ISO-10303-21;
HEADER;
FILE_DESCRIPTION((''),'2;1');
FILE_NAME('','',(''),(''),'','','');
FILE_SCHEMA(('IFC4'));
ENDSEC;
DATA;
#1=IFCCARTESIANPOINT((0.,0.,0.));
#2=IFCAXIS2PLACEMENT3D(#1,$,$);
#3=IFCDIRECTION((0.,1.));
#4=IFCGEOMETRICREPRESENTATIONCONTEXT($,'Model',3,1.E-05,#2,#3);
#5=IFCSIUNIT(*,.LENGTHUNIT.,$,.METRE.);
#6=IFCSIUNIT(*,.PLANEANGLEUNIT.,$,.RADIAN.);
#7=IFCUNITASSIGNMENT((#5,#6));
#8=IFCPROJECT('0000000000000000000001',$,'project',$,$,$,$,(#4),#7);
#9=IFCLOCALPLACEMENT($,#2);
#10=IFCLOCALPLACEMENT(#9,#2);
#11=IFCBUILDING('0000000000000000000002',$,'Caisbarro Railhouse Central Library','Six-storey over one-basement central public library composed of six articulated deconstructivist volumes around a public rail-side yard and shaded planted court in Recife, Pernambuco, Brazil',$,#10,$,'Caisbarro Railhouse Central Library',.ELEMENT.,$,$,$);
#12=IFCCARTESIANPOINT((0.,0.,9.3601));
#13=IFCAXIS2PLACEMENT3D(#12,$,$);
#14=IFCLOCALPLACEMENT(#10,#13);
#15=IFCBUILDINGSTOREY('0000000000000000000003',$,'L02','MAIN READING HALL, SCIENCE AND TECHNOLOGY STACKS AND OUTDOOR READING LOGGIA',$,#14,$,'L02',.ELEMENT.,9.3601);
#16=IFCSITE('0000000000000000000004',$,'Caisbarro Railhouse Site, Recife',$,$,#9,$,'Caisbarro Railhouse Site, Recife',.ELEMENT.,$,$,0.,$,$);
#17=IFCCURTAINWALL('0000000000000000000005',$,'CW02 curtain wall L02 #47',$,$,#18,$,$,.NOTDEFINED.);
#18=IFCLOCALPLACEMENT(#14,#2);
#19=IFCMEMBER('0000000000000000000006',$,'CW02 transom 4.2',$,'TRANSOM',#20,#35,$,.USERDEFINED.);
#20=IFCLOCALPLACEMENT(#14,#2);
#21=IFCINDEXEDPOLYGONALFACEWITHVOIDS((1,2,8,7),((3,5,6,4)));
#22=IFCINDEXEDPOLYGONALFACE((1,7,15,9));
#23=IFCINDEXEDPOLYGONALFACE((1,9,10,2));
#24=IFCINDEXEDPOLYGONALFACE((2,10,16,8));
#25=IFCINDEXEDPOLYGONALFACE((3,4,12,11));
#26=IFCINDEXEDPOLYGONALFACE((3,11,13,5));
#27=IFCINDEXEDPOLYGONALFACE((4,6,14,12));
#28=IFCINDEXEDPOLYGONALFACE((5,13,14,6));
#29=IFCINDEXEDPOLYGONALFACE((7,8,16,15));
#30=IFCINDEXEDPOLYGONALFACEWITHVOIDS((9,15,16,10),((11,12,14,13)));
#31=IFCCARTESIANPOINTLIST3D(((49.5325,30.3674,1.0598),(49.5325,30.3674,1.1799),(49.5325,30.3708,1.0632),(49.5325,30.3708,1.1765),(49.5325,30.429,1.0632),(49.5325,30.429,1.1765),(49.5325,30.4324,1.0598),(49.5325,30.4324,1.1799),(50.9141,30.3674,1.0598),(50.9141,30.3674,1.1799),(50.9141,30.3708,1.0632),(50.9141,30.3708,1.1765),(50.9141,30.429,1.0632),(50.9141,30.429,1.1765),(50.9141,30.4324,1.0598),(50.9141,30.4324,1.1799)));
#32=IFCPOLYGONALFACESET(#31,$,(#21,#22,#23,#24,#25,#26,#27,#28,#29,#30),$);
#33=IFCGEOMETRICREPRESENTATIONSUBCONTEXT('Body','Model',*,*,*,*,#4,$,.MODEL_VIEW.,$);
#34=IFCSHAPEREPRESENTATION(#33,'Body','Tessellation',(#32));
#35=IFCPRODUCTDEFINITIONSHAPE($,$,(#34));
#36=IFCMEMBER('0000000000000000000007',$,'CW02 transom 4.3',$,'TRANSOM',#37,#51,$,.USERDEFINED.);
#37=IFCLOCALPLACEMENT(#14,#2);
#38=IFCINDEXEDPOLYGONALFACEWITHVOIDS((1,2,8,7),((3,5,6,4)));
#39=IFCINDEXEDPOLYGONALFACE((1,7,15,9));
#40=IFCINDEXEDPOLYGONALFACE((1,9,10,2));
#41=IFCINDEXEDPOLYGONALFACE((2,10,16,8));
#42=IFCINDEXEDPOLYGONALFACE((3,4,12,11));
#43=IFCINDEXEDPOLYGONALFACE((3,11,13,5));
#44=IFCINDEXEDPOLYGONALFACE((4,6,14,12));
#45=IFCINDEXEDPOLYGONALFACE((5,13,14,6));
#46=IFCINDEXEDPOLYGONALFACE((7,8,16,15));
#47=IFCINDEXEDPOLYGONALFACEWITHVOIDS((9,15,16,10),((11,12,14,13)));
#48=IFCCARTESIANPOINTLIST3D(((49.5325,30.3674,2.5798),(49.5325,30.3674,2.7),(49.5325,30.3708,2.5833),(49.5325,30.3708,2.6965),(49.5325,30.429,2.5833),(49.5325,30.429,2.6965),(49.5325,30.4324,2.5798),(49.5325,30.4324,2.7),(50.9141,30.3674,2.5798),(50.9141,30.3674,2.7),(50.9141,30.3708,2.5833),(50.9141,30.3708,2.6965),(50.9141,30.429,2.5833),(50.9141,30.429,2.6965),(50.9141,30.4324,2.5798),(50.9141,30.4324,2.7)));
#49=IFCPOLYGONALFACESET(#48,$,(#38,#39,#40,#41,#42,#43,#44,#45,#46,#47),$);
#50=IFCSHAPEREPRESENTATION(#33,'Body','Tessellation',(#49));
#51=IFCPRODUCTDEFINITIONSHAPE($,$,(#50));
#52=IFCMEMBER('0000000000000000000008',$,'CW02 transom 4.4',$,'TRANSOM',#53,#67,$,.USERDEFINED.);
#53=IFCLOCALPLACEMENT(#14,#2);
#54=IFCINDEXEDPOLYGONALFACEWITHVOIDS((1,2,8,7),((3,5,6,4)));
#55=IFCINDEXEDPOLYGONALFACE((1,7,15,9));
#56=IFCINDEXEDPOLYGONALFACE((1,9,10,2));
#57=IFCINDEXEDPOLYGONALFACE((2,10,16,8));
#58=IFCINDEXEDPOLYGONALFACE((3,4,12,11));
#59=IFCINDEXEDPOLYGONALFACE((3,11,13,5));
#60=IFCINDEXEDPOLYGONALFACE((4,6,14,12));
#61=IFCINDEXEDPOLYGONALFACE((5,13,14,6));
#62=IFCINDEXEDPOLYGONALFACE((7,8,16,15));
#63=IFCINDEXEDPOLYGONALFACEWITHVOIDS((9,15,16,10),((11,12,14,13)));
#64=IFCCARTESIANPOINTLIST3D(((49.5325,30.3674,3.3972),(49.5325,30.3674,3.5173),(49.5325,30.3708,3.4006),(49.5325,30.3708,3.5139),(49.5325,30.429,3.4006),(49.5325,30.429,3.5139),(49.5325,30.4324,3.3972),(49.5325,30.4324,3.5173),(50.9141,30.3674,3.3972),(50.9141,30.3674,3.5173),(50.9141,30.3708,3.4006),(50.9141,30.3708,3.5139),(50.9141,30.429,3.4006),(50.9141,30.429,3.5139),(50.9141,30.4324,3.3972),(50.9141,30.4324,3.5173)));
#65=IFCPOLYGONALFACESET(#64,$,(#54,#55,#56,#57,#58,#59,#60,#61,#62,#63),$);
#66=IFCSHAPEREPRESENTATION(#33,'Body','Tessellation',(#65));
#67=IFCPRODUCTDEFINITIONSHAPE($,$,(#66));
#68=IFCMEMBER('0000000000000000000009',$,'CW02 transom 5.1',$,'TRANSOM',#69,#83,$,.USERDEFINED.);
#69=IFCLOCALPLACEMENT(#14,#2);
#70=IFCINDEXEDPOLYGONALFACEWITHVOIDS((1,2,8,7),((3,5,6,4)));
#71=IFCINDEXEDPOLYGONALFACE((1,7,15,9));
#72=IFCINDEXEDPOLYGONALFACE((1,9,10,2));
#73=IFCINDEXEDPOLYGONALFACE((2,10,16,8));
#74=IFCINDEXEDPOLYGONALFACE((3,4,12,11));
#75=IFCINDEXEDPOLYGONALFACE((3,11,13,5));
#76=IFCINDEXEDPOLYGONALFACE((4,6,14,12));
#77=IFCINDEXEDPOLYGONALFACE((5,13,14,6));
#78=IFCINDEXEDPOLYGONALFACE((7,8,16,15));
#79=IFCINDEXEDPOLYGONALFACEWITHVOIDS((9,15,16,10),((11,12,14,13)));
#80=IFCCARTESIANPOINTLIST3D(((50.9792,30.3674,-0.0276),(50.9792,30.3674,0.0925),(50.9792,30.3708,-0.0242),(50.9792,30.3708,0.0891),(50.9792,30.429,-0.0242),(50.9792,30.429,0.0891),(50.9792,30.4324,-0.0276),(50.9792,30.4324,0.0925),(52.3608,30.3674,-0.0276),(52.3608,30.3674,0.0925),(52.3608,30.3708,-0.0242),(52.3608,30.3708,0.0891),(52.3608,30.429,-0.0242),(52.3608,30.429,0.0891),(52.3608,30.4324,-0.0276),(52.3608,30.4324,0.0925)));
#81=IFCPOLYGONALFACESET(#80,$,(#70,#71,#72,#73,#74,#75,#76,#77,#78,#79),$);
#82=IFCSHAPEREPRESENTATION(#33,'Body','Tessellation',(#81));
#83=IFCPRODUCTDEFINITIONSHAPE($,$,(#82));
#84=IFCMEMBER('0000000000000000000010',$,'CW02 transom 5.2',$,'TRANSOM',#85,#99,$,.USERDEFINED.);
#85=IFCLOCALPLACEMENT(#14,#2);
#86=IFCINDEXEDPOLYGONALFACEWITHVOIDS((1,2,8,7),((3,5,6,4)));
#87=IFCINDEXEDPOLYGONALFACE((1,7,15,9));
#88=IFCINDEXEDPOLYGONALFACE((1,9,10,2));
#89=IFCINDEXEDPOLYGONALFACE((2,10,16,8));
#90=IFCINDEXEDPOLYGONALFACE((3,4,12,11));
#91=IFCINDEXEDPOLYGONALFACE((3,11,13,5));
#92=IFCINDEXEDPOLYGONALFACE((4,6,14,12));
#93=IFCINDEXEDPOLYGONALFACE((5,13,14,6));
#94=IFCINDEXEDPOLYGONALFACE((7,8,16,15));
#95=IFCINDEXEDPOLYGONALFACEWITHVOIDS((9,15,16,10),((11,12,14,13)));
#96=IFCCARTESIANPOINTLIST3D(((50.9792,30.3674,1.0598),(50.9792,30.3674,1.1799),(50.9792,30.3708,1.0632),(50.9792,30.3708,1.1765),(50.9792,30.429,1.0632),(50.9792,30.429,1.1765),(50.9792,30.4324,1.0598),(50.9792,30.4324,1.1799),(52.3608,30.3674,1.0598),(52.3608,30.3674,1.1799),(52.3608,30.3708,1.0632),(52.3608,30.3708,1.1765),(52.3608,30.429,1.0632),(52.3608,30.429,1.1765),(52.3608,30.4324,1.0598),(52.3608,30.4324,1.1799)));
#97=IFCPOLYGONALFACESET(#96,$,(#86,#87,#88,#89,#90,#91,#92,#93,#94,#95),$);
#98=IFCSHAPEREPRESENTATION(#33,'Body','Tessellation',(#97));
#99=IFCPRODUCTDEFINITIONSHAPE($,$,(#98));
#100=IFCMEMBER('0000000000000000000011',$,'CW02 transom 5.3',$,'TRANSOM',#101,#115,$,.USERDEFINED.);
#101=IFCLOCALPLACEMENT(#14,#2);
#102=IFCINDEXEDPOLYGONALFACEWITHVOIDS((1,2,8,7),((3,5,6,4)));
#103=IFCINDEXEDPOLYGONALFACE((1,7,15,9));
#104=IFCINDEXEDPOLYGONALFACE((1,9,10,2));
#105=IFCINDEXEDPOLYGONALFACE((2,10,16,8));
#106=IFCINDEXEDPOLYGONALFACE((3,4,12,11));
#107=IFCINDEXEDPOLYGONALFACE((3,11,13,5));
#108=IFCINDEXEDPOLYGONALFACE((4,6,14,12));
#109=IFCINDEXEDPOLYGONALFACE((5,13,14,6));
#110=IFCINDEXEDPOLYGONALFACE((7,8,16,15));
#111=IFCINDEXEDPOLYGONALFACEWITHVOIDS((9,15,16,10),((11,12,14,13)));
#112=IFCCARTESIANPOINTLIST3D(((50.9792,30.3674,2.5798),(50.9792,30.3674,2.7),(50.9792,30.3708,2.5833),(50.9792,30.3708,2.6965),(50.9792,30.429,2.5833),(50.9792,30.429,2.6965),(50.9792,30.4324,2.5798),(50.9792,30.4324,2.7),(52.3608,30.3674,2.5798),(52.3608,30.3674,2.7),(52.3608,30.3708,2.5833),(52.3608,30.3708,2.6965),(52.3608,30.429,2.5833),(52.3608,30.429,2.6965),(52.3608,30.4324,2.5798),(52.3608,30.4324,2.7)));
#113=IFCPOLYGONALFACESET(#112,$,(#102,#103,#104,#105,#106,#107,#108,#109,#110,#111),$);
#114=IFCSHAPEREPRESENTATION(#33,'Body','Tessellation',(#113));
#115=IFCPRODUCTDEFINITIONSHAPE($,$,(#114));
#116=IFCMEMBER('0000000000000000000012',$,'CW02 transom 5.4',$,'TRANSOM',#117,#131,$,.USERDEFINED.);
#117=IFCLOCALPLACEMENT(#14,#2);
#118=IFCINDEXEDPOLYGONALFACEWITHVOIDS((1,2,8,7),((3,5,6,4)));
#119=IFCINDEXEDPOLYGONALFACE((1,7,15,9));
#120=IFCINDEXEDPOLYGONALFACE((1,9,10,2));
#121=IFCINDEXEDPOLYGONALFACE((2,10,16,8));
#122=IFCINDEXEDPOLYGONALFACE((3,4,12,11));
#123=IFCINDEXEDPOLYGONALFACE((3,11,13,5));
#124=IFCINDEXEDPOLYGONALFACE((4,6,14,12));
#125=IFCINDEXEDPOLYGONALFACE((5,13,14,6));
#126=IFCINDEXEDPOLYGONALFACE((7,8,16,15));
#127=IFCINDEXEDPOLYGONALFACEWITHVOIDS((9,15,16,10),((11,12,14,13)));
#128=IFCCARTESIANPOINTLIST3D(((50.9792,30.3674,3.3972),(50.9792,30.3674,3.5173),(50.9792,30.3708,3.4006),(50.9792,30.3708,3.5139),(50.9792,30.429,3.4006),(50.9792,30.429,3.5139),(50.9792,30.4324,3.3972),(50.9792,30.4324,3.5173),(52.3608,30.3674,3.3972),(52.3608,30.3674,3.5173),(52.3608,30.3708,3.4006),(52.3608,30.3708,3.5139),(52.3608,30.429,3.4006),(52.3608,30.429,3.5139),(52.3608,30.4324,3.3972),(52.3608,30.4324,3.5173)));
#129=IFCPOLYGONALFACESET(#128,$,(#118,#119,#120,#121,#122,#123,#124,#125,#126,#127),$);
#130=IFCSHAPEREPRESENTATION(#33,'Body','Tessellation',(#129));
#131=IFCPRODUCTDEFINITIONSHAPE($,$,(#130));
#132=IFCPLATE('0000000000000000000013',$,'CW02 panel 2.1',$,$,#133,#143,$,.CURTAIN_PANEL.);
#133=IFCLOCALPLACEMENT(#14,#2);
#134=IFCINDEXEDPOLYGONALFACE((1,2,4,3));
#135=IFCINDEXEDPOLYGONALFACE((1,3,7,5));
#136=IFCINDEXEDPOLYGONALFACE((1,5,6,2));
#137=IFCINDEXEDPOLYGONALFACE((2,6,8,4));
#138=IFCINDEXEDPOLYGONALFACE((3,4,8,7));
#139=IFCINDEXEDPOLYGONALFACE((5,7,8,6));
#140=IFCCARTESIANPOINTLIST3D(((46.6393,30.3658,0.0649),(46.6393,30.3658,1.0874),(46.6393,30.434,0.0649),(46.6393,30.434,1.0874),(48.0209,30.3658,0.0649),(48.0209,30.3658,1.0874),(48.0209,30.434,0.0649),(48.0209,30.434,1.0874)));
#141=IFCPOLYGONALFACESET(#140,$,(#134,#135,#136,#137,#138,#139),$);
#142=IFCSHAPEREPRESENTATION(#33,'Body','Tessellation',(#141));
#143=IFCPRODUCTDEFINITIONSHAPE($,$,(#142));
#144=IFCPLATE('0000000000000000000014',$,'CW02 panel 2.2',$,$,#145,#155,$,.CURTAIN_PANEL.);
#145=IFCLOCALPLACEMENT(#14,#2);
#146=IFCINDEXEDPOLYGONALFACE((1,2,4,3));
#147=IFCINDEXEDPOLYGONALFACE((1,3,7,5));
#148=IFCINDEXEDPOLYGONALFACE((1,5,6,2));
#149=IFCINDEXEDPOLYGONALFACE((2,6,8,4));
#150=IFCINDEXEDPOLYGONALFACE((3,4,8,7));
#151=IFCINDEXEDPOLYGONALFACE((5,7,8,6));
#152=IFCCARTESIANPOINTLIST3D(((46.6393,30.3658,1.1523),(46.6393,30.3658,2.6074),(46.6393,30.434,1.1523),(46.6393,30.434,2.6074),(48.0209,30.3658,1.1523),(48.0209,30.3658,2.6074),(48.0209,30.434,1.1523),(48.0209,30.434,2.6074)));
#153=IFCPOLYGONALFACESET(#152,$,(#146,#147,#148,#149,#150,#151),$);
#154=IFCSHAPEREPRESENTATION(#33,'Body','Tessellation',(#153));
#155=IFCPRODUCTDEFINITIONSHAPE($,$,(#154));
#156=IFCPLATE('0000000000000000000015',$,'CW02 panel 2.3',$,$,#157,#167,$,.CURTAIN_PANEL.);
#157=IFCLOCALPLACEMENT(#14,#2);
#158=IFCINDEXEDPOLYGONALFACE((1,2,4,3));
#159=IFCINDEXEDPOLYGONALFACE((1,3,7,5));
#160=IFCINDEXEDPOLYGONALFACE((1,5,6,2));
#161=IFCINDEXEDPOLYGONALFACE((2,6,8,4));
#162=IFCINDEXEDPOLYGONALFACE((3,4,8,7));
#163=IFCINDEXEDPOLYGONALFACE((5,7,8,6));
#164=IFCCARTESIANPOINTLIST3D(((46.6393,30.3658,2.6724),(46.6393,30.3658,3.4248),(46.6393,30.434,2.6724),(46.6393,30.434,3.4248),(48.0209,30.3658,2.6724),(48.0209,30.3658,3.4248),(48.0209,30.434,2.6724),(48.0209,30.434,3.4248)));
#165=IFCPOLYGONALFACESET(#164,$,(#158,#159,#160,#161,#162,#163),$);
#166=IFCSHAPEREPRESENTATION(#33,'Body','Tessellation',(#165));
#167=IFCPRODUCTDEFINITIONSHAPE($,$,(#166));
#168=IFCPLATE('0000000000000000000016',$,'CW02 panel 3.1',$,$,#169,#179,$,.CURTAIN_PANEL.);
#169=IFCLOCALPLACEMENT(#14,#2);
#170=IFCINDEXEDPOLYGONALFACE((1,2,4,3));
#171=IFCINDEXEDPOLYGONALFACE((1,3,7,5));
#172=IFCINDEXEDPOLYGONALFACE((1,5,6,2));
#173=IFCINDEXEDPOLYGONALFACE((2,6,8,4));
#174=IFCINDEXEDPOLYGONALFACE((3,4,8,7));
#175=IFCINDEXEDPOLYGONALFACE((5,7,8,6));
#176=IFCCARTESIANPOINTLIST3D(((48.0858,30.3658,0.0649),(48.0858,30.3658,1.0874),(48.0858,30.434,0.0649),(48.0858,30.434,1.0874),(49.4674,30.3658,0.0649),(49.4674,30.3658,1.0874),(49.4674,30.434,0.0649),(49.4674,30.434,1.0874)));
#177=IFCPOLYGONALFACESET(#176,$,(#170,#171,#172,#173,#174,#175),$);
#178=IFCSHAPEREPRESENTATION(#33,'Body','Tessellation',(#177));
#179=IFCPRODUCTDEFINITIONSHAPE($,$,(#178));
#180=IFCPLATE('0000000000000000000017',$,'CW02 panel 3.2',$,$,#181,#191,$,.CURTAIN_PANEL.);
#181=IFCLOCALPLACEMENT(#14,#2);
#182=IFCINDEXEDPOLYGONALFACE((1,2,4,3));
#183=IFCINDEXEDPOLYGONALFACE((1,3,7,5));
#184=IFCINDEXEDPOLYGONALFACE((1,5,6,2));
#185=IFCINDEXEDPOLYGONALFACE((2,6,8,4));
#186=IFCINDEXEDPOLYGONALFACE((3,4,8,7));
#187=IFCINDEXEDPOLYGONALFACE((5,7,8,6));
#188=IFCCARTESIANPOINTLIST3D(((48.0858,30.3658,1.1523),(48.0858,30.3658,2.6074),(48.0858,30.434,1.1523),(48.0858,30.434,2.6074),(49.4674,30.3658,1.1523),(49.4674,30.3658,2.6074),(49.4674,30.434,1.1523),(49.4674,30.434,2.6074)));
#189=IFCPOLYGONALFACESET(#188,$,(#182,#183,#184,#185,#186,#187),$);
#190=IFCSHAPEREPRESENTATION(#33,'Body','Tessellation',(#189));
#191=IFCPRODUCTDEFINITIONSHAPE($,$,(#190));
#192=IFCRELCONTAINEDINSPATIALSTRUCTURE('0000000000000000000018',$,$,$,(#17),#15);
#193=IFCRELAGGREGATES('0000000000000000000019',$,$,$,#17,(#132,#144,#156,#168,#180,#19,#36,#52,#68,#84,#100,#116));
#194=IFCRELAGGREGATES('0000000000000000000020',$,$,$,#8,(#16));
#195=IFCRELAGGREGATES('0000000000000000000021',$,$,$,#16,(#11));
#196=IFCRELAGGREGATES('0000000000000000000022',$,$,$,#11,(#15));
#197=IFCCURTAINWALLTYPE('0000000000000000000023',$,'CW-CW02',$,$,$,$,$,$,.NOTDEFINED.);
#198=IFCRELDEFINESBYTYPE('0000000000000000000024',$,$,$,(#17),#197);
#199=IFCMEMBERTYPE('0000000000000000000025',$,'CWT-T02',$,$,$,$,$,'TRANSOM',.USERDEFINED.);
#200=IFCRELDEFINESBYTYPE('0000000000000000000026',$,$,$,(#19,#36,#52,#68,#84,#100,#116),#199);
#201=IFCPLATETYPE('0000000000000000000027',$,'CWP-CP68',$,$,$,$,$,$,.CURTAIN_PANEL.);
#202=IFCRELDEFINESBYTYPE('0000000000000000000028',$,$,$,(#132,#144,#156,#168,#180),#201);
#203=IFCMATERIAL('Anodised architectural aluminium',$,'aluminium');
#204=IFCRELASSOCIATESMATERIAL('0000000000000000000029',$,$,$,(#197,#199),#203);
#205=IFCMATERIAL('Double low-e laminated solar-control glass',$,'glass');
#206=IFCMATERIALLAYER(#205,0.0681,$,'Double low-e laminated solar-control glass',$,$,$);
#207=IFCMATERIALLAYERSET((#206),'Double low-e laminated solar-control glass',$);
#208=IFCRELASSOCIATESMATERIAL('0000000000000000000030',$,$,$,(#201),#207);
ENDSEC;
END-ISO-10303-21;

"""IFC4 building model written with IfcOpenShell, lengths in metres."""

from ifc_helpers import new_model, si_unit, direction, frame, origin, origin_2d, place, context, subcontext, project, spatial, rectangle, hollow_rectangle, extrude, material, layer, layer_set, material_profile, profile_set, type_object, element, aggregate, save


model = new_model("IFC4")

# Units and contexts
model_context = context("Model", 3, precision=1e-05, world=origin(), true_north=direction((0.0, 1.0)))
body_context = subcontext(model_context, "Body", "Model", "MODEL_VIEW")
ifc_project = project(units=[si_unit("LENGTHUNIT", "METRE"), si_unit("PLANEANGLEUNIT", "RADIAN")], contexts=[model_context])

# Site, building, storey
site_placement = place(None, origin())
site = spatial("IfcSite", under=ifc_project, at=site_placement, Name="Caisbarro Railhouse Site, Recife", LongName="Caisbarro Railhouse Site, Recife", CompositionType="ELEMENT", RefElevation=0.0)
building_placement = place(site_placement, origin())
building = spatial("IfcBuilding", under=site, at=building_placement, Name="Caisbarro Railhouse Central Library", Description="Six-storey over one-basement central public library composed of six articulated deconstructivist volumes around a public rail-side yard and shaded planted court in Recife, Pernambuco, Brazil", LongName="Caisbarro Railhouse Central Library", CompositionType="ELEMENT")
storey_placement = place(building_placement, frame((0.0, 0.0, 9.3601)))
storey = spatial("IfcBuildingStorey", under=building, at=storey_placement, Name="L02", Description="MAIN READING HALL, SCIENCE AND TECHNOLOGY STACKS AND OUTDOOR READING LOGGIA", LongName="L02", CompositionType="ELEMENT", Elevation=9.3601)

# Curtain wall, members, plates
ifc_material_1 = material(Name="Anodised architectural aluminium", Category="aluminium")
curtain_wall_type = type_object("IfcCurtainWallType", Name="CW-CW02", PredefinedType="NOTDEFINED", material=ifc_material_1)
curtain_wall_placement = place(storey_placement, origin())
curtain_wall = element("IfcCurtainWall", 1, at=curtain_wall_placement, inside=storey, type_object=curtain_wall_type, Name="CW02 curtain wall L02 #47", PredefinedType="NOTDEFINED")
ifc_material_profile_1 = material_profile(ifc_material_1, hollow_rectangle(XDim=0.0649, YDim=0.1201, WallThickness=0.0034, at=origin_2d()), Name="ALU-TRN-65X120")
ifc_profile_set_1 = profile_set([ifc_material_profile_1], Name="Anodised architectural aluminium")
member_type_1 = type_object("IfcMemberType", Name="CWT-T02", ElementType="TRANSOM", PredefinedType="USERDEFINED", material=ifc_profile_set_1)
member_1_placement = place(storey_placement, frame((49.5325, 30.3999, 1.1199), z_axis=(1.0, 0.0, 0.0), x_axis=(0.0, 1.0, 0.0)))
member_1 = element("IfcMember", 2, at=member_1_placement, type_object=member_type_1, Name="CW02 transom 4.2", ObjectType="TRANSOM", PredefinedType="USERDEFINED", context=body_context, shape_type="SweptSolid", body=[
    extrude(hollow_rectangle(XDim=0.0649, YDim=0.1201, WallThickness=0.0034, at=origin_2d()), origin(), (0.0, 0.0, 1.0), 1.3816),
])
member_2_placement = place(storey_placement, frame((49.5325, 30.3999, 2.6399), z_axis=(1.0, 0.0, 0.0), x_axis=(0.0, 1.0, 0.0)))
member_2 = element("IfcMember", 3, at=member_2_placement, type_object=member_type_1, Name="CW02 transom 4.3", ObjectType="TRANSOM", PredefinedType="USERDEFINED", context=body_context, shape_type="SweptSolid", body=[
    extrude(hollow_rectangle(XDim=0.0649, YDim=0.1201, WallThickness=0.0034, at=origin_2d()), origin(), (0.0, 0.0, 1.0), 1.3816),
])
member_3_placement = place(storey_placement, frame((49.5325, 30.3999, 3.4573), z_axis=(1.0, 0.0, 0.0), x_axis=(0.0, 1.0, 0.0)))
member_3 = element("IfcMember", 4, at=member_3_placement, type_object=member_type_1, Name="CW02 transom 4.4", ObjectType="TRANSOM", PredefinedType="USERDEFINED", context=body_context, shape_type="SweptSolid", body=[
    extrude(hollow_rectangle(XDim=0.0649, YDim=0.1201, WallThickness=0.0034, at=origin_2d()), origin(), (0.0, 0.0, 1.0), 1.3816),
])
member_4_placement = place(storey_placement, frame((50.9792, 30.3999, 0.0325), z_axis=(1.0, 0.0, 0.0), x_axis=(0.0, 1.0, 0.0)))
member_4 = element("IfcMember", 5, at=member_4_placement, type_object=member_type_1, Name="CW02 transom 5.1", ObjectType="TRANSOM", PredefinedType="USERDEFINED", context=body_context, shape_type="SweptSolid", body=[
    extrude(hollow_rectangle(XDim=0.0649, YDim=0.1201, WallThickness=0.0034, at=origin_2d()), origin(), (0.0, 0.0, 1.0), 1.3816),
])
member_5_placement = place(storey_placement, frame((50.9792, 30.3999, 1.1199), z_axis=(1.0, 0.0, 0.0), x_axis=(0.0, 1.0, 0.0)))
member_5 = element("IfcMember", 6, at=member_5_placement, type_object=member_type_1, Name="CW02 transom 5.2", ObjectType="TRANSOM", PredefinedType="USERDEFINED", context=body_context, shape_type="SweptSolid", body=[
    extrude(hollow_rectangle(XDim=0.0649, YDim=0.1201, WallThickness=0.0034, at=origin_2d()), origin(), (0.0, 0.0, 1.0), 1.3816),
])
member_6_placement = place(storey_placement, frame((50.9792, 30.3999, 2.6399), z_axis=(1.0, 0.0, 0.0), x_axis=(0.0, 1.0, 0.0)))
member_6 = element("IfcMember", 7, at=member_6_placement, type_object=member_type_1, Name="CW02 transom 5.3", ObjectType="TRANSOM", PredefinedType="USERDEFINED", context=body_context, shape_type="SweptSolid", body=[
    extrude(hollow_rectangle(XDim=0.0649, YDim=0.1201, WallThickness=0.0034, at=origin_2d()), origin(), (0.0, 0.0, 1.0), 1.3816),
])
member_7_placement = place(storey_placement, frame((50.9792, 30.3999, 3.4573), z_axis=(1.0, 0.0, 0.0), x_axis=(0.0, 1.0, 0.0)))
member_7 = element("IfcMember", 8, at=member_7_placement, type_object=member_type_1, Name="CW02 transom 5.4", ObjectType="TRANSOM", PredefinedType="USERDEFINED", context=body_context, shape_type="SweptSolid", body=[
    extrude(hollow_rectangle(XDim=0.0649, YDim=0.1201, WallThickness=0.0034, at=origin_2d()), origin(), (0.0, 0.0, 1.0), 1.3816),
])
ifc_material_2 = material(Name="Double low-e laminated solar-control glass", Category="glass")
ifc_layer = layer(ifc_material_2, 0.0681, Name="Double low-e laminated solar-control glass")
ifc_layer_set = layer_set([ifc_layer], Name="Double low-e laminated solar-control glass")
plate_type = type_object("IfcPlateType", Name="CWP-CP68", PredefinedType="CURTAIN_PANEL", material=ifc_layer_set)
plate_1_placement = place(storey_placement, frame((47.3301, 30.3999, 0.0649), z_axis=(0.0, 0.0, 1.0), x_axis=(1.0, 0.0, 0.0)))
plate_1 = element("IfcPlate", 9, at=plate_1_placement, type_object=plate_type, Name="CW02 panel 2.1", PredefinedType="CURTAIN_PANEL", context=body_context, shape_type="SweptSolid", body=[
    extrude(rectangle(XDim=1.3816, YDim=0.0681, at=origin_2d()), origin(), (0.0, 0.0, 1.0), 1.0225),
])
plate_2_placement = place(storey_placement, frame((47.3301, 30.3999, 1.1523), z_axis=(0.0, 0.0, 1.0), x_axis=(1.0, 0.0, 0.0)))
plate_2 = element("IfcPlate", 10, at=plate_2_placement, type_object=plate_type, Name="CW02 panel 2.2", PredefinedType="CURTAIN_PANEL", context=body_context, shape_type="SweptSolid", body=[
    extrude(rectangle(XDim=1.3816, YDim=0.0681, at=origin_2d()), origin(), (0.0, 0.0, 1.0), 1.4551),
])
plate_3_placement = place(storey_placement, frame((47.3301, 30.3999, 2.6724), z_axis=(0.0, 0.0, 1.0), x_axis=(1.0, 0.0, 0.0)))
plate_3 = element("IfcPlate", 11, at=plate_3_placement, type_object=plate_type, Name="CW02 panel 2.3", PredefinedType="CURTAIN_PANEL", context=body_context, shape_type="SweptSolid", body=[
    extrude(rectangle(XDim=1.3816, YDim=0.0681, at=origin_2d()), origin(), (0.0, 0.0, 1.0), 0.7524),
])
plate_4_placement = place(storey_placement, frame((48.7766, 30.3999, 0.0649), z_axis=(0.0, 0.0, 1.0), x_axis=(1.0, 0.0, 0.0)))
plate_4 = element("IfcPlate", 12, at=plate_4_placement, type_object=plate_type, Name="CW02 panel 3.1", PredefinedType="CURTAIN_PANEL", context=body_context, shape_type="SweptSolid", body=[
    extrude(rectangle(XDim=1.3816, YDim=0.0681, at=origin_2d()), origin(), (0.0, 0.0, 1.0), 1.0225),
])
plate_5_placement = place(storey_placement, frame((48.7766, 30.3999, 1.1523), z_axis=(0.0, 0.0, 1.0), x_axis=(1.0, 0.0, 0.0)))
plate_5 = element("IfcPlate", 13, at=plate_5_placement, type_object=plate_type, Name="CW02 panel 3.2", PredefinedType="CURTAIN_PANEL", context=body_context, shape_type="SweptSolid", body=[
    extrude(rectangle(XDim=1.3816, YDim=0.0681, at=origin_2d()), origin(), (0.0, 0.0, 1.0), 1.4551),
])
aggregate(curtain_wall, [plate_1, plate_2, plate_3, plate_4, plate_5, member_1, member_2, member_3, member_4, member_5, member_6, member_7])

save(model, "model.ifc")
